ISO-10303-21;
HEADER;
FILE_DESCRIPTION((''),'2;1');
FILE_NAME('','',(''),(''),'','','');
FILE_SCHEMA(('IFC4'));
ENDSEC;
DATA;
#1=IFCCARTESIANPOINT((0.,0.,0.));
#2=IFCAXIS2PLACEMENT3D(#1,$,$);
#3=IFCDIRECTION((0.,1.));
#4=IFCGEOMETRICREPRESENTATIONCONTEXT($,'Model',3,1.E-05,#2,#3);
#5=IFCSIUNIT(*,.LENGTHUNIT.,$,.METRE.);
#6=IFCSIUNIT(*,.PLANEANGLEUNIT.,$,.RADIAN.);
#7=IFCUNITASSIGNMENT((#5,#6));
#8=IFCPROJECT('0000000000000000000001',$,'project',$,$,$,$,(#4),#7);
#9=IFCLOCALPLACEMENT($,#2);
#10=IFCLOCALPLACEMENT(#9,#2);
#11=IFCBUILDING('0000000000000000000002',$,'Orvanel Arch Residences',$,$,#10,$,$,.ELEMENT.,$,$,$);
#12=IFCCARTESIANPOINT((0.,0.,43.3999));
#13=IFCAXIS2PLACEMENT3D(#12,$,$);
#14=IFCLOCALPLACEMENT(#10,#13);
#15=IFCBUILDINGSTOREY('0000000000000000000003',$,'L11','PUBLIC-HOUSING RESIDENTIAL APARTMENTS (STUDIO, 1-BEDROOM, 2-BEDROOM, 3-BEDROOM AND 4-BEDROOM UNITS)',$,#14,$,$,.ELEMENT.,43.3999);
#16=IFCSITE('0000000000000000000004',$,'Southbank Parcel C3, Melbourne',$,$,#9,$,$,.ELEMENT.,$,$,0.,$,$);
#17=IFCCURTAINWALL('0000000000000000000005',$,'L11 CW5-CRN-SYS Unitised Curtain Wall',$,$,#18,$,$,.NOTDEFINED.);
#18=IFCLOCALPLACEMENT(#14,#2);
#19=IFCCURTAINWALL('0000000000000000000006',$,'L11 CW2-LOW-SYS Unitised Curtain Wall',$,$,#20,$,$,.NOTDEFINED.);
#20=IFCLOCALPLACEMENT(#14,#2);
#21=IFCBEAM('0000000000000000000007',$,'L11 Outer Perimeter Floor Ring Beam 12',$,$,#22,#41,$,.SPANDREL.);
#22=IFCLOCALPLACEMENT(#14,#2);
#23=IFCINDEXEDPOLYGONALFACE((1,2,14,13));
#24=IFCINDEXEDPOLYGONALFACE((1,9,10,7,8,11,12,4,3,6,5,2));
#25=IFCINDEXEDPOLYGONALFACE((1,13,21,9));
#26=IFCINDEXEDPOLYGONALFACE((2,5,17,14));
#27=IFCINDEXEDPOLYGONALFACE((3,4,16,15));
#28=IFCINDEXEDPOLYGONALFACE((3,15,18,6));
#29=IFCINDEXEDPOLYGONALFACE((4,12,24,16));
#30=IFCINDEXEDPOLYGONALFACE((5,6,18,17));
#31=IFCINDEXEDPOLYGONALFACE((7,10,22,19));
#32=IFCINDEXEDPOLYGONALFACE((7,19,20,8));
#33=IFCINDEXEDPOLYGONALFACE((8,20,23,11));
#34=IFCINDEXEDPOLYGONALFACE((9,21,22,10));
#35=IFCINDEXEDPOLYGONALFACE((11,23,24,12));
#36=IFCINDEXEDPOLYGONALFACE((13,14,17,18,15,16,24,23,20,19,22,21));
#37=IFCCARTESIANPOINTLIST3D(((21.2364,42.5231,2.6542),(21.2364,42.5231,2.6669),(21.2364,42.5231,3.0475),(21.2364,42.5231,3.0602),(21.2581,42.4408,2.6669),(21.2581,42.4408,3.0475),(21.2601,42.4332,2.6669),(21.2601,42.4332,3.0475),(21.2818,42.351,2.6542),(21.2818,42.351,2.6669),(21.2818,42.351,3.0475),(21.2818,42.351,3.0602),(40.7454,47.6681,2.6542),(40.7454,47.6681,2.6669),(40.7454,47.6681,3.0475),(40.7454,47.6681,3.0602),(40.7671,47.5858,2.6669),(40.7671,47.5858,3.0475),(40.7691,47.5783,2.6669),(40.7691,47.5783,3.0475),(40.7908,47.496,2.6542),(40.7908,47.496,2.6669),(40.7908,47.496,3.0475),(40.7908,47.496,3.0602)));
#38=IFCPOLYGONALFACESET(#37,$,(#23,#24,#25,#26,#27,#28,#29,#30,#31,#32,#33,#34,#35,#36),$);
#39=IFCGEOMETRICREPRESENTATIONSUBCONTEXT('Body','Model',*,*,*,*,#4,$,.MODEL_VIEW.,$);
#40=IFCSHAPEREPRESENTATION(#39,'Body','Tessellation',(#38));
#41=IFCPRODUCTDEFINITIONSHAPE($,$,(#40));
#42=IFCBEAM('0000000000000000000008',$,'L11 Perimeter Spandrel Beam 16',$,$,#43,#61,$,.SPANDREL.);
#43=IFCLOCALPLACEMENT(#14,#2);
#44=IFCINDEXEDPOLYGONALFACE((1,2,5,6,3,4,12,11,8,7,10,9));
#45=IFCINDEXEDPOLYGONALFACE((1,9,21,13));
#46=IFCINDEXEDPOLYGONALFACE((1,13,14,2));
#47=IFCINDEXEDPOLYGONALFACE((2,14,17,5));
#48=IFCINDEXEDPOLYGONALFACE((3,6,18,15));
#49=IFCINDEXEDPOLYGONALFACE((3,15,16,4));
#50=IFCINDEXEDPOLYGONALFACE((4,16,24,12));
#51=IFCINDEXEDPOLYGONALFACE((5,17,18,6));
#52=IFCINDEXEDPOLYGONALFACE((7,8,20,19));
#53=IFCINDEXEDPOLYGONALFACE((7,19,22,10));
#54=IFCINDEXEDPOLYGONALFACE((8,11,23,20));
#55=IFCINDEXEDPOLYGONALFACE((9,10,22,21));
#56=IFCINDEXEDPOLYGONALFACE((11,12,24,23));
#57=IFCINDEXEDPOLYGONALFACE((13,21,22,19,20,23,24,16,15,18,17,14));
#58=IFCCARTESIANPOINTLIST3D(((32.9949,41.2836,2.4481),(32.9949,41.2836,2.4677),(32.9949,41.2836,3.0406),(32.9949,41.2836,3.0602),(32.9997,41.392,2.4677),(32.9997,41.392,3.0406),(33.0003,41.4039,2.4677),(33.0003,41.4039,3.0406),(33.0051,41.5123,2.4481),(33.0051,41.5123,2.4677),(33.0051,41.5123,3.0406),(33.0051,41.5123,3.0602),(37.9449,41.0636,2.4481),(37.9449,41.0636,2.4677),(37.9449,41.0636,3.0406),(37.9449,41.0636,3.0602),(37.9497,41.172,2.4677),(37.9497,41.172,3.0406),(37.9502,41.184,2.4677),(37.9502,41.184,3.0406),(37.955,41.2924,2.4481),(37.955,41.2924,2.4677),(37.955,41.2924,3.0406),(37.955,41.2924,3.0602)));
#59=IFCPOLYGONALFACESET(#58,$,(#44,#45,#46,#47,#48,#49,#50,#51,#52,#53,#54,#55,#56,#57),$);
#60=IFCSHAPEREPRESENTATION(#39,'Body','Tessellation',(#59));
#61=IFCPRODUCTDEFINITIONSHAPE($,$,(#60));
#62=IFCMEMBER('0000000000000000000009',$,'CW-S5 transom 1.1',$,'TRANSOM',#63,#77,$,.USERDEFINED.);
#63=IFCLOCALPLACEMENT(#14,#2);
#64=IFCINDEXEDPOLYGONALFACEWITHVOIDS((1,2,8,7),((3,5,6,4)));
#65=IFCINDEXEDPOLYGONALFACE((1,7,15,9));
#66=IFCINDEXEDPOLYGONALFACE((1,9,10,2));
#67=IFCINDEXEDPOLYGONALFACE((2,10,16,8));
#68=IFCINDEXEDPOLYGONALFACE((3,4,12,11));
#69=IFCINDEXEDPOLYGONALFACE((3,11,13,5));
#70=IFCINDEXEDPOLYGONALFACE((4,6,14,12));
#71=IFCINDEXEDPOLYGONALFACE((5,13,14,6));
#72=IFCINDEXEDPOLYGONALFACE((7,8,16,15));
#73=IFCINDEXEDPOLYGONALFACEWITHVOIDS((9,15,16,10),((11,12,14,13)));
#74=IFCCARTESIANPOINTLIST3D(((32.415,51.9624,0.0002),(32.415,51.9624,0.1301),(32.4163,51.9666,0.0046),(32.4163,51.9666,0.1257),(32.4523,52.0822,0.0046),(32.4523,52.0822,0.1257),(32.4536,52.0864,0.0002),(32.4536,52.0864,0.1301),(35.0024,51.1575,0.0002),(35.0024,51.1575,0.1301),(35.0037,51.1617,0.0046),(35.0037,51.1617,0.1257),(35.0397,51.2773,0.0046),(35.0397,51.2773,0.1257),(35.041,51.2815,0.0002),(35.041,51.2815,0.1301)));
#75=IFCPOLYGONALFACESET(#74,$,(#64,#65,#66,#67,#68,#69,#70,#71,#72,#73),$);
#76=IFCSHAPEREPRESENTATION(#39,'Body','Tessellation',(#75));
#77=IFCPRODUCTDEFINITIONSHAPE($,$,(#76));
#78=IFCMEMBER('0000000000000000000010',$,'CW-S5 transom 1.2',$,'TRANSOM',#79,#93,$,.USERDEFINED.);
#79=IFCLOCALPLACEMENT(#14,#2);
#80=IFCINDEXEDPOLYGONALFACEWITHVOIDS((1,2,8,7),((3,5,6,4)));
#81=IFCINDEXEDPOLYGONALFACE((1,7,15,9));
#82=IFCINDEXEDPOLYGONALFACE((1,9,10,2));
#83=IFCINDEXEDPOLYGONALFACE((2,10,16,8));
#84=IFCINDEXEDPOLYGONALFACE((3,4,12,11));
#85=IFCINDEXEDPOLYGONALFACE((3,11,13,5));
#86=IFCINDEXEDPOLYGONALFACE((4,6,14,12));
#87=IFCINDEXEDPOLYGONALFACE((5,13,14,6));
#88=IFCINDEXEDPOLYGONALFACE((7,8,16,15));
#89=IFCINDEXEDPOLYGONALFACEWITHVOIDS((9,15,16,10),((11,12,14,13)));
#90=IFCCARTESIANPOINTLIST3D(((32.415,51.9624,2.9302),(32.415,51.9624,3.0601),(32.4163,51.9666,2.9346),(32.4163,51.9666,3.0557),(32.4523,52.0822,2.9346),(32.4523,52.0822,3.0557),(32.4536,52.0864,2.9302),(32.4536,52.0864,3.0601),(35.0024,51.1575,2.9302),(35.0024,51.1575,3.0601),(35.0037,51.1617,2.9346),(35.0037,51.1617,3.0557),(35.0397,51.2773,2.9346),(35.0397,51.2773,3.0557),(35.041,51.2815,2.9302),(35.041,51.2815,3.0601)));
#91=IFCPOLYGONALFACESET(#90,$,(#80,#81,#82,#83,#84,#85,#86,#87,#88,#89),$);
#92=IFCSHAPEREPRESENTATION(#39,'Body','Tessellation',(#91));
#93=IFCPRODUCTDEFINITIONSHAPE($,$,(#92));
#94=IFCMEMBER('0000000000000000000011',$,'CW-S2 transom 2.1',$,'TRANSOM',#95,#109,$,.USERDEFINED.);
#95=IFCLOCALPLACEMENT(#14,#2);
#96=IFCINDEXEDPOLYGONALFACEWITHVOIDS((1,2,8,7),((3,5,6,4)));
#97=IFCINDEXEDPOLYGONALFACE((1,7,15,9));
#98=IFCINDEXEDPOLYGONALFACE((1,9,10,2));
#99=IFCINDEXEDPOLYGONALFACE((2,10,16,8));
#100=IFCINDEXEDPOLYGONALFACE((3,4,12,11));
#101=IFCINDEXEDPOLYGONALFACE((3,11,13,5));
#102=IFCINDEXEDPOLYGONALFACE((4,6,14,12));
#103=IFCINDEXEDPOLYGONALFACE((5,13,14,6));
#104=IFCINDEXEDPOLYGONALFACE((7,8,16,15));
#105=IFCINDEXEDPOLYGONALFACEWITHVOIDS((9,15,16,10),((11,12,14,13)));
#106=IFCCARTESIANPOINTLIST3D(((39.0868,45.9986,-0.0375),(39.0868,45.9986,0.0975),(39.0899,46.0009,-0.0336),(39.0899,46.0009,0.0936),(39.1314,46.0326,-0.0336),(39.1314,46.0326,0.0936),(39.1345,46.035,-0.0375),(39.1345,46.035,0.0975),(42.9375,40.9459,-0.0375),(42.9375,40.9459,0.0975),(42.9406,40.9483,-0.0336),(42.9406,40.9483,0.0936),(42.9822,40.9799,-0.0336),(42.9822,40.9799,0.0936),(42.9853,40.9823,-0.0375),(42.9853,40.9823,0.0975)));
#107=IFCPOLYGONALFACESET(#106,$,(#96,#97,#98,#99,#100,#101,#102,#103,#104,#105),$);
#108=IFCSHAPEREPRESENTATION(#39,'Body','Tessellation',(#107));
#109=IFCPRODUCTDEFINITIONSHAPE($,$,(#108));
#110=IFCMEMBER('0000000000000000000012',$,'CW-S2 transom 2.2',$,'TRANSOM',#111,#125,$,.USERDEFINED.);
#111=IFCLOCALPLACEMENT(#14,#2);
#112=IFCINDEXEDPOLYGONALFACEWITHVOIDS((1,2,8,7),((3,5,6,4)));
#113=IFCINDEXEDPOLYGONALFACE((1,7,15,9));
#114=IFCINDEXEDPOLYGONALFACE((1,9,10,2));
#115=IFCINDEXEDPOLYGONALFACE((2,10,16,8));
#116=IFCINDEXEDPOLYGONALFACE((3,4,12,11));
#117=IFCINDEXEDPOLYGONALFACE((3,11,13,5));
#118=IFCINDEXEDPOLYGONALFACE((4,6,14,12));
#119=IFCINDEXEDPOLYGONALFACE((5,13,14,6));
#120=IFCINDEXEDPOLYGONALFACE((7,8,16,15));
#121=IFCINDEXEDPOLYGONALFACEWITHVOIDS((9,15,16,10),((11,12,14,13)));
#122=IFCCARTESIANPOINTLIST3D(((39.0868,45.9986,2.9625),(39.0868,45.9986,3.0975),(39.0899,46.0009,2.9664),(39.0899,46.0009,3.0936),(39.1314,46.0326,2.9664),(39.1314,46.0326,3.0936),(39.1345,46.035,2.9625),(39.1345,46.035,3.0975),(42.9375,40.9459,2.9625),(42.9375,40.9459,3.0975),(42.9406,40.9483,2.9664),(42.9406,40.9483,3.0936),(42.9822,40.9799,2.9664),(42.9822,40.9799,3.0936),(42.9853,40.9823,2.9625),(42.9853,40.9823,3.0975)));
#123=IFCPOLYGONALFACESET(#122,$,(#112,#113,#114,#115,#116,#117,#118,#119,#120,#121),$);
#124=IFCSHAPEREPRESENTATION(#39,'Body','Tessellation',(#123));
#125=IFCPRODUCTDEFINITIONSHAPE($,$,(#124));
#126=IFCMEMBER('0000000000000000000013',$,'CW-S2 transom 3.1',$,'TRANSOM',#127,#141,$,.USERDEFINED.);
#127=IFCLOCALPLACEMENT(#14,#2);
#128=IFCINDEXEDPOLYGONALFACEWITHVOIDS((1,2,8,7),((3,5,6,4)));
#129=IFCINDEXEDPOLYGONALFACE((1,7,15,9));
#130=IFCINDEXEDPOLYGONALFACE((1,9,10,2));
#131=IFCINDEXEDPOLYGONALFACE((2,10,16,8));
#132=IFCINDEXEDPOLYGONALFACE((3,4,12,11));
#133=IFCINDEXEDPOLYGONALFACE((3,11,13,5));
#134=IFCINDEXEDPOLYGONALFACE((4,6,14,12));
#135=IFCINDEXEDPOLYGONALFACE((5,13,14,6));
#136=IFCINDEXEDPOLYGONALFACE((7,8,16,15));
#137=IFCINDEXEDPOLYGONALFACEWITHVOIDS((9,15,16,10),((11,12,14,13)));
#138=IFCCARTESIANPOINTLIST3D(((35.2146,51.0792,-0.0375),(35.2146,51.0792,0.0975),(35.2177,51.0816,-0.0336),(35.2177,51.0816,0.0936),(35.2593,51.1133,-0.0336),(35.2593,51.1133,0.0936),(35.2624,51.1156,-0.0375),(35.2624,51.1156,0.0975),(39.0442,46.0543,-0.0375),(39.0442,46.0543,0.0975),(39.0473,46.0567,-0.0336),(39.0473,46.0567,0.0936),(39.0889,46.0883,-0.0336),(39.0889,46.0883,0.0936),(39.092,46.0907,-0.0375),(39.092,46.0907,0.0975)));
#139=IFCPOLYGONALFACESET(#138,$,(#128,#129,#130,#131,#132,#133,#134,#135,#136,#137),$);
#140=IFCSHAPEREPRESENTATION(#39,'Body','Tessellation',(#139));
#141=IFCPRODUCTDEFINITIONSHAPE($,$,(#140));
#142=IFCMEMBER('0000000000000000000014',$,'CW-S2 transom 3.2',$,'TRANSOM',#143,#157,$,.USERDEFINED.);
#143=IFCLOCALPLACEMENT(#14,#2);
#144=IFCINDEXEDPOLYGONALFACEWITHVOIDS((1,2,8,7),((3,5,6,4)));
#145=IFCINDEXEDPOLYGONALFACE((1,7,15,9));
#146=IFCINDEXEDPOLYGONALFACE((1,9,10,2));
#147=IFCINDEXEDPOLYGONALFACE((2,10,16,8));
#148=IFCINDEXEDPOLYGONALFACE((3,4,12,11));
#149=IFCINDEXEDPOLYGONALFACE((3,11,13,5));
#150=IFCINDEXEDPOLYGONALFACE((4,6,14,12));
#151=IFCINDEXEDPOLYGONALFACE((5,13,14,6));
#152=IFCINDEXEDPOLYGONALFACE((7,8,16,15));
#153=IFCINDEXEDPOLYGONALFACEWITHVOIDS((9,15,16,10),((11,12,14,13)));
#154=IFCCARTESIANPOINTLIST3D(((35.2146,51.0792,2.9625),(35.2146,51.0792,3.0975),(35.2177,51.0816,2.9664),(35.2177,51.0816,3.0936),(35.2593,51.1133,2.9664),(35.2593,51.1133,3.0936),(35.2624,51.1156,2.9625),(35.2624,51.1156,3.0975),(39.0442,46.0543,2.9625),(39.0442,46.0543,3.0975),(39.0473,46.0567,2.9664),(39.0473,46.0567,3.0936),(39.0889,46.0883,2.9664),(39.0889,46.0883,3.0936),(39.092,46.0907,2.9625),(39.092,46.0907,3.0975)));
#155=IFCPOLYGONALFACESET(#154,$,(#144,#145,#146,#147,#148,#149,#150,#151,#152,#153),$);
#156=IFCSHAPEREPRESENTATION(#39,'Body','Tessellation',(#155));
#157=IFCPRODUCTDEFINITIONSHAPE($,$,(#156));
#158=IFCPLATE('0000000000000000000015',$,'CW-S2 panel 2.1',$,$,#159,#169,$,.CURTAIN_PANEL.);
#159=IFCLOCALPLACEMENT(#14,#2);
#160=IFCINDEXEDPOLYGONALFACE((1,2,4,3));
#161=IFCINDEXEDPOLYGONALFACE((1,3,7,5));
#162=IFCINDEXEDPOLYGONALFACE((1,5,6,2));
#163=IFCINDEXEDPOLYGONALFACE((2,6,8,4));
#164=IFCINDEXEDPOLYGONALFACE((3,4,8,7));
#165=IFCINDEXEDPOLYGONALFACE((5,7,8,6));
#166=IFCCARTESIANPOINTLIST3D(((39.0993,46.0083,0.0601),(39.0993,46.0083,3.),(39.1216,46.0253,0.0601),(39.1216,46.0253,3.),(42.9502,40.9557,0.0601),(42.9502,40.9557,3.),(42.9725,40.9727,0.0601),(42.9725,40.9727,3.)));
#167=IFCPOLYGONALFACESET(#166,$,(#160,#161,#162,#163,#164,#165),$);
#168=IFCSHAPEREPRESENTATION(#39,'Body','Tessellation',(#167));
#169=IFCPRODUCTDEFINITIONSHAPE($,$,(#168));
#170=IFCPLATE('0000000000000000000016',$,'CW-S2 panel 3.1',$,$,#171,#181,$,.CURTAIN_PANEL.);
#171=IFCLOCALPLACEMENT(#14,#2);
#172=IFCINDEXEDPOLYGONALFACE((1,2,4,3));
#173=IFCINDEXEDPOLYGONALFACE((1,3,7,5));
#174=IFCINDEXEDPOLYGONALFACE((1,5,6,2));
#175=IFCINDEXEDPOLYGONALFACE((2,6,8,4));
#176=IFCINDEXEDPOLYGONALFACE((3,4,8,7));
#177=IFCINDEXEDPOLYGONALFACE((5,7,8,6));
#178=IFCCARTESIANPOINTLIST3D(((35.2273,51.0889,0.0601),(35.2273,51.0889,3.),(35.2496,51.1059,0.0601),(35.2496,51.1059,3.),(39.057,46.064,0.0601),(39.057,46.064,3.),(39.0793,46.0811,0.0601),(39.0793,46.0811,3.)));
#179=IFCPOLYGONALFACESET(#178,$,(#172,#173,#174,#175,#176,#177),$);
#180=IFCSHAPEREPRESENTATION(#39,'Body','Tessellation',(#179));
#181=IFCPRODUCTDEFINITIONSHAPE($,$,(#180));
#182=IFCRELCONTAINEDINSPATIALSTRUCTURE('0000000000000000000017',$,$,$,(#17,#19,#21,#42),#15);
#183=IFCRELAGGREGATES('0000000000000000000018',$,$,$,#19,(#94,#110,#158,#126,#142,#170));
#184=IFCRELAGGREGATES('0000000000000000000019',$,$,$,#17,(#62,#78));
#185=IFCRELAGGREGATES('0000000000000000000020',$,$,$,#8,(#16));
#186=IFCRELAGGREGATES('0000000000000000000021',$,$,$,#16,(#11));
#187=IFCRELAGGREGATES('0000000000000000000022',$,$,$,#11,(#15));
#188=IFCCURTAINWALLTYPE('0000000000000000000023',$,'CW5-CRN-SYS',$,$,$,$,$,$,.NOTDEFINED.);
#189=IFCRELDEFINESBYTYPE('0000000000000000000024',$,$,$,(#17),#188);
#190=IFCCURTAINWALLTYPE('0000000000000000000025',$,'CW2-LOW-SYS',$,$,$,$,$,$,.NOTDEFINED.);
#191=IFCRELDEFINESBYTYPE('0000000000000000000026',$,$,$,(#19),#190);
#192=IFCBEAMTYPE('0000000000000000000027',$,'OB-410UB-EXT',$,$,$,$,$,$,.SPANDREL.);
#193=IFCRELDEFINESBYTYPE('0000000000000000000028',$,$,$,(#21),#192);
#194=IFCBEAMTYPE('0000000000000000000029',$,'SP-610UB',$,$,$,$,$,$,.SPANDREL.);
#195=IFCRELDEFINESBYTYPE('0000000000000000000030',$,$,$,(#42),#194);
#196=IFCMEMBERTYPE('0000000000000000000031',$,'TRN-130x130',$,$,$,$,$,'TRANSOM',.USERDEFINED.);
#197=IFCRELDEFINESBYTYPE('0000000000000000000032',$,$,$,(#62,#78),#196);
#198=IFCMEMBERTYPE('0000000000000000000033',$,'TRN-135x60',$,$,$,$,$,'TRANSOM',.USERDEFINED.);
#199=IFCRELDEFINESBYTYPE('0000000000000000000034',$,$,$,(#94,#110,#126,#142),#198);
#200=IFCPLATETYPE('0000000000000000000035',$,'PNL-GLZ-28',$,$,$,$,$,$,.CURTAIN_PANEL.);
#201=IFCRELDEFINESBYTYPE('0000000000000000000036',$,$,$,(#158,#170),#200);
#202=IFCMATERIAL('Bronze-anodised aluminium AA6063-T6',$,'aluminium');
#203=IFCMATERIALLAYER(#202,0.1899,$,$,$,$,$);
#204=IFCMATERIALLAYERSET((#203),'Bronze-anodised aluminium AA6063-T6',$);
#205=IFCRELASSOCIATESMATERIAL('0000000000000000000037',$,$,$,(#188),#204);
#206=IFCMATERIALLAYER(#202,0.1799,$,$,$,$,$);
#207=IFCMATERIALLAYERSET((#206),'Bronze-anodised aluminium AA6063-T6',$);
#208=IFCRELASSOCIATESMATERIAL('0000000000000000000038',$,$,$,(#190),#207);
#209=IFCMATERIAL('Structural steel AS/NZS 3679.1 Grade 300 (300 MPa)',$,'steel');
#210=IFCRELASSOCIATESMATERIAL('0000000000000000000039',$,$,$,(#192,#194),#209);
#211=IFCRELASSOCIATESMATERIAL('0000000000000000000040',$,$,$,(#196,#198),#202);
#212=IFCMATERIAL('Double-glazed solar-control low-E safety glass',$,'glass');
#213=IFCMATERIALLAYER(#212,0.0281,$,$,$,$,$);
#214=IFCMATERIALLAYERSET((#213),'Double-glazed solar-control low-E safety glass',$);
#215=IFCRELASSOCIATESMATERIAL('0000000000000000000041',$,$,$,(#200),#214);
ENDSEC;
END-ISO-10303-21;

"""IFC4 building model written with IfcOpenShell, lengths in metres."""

from ifc_helpers import new_model, si_unit, direction, frame, origin, origin_2d, place, context, subcontext, project, spatial, rectangle, hollow_rectangle, i_section, extrude, material, layer, layer_set, material_profile, profile_set, type_object, element, aggregate, save


model = new_model("IFC4")

# Units and contexts
model_context = context("Model", 3, precision=1e-05, world=origin(), true_north=direction((0.0, 1.0)))
body_context = subcontext(model_context, "Body", "Model", "MODEL_VIEW")
ifc_project = project(units=[si_unit("LENGTHUNIT", "METRE"), si_unit("PLANEANGLEUNIT", "RADIAN")], contexts=[model_context])

# Site, building, storey
site_placement = place(None, origin())
site = spatial("IfcSite", under=ifc_project, at=site_placement, Name="Southbank Parcel C3, Melbourne", CompositionType="ELEMENT", RefElevation=0.0)
building_placement = place(site_placement, origin())
building = spatial("IfcBuilding", under=site, at=building_placement, Name="Orvanel Arch Residences", CompositionType="ELEMENT")
storey_placement = place(building_placement, frame((0.0, 0.0, 43.3999)))
storey = spatial("IfcBuildingStorey", under=building, at=storey_placement, Name="L11", Description="PUBLIC-HOUSING RESIDENTIAL APARTMENTS (STUDIO, 1-BEDROOM, 2-BEDROOM, 3-BEDROOM AND 4-BEDROOM UNITS)", CompositionType="ELEMENT", Elevation=43.3999)

# Shared definitions
ifc_material_1 = material(Name="Structural steel AS/NZS 3679.1 Grade 300 (300 MPa)", Category="steel")

# Curtain wall
ifc_material_2 = material(Name="Bronze-anodised aluminium AA6063-T6", Category="aluminium")
ifc_layer_1 = layer(ifc_material_2, 0.1899)
ifc_layer_set_1 = layer_set([ifc_layer_1], Name="Bronze-anodised aluminium AA6063-T6")
curtain_wall_type_1 = type_object("IfcCurtainWallType", Name="CW5-CRN-SYS", PredefinedType="NOTDEFINED", material=ifc_layer_set_1)
curtain_wall_1_placement = place(storey_placement, origin())
curtain_wall_1 = element("IfcCurtainWall", 1, at=curtain_wall_1_placement, inside=storey, type_object=curtain_wall_type_1, Name="L11 CW5-CRN-SYS Unitised Curtain Wall", PredefinedType="NOTDEFINED")

# Curtain wall
ifc_layer_2 = layer(ifc_material_2, 0.1799)
ifc_layer_set_2 = layer_set([ifc_layer_2], Name="Bronze-anodised aluminium AA6063-T6")
curtain_wall_type_2 = type_object("IfcCurtainWallType", Name="CW2-LOW-SYS", PredefinedType="NOTDEFINED", material=ifc_layer_set_2)
curtain_wall_2_placement = place(storey_placement, origin())
curtain_wall_2 = element("IfcCurtainWall", 2, at=curtain_wall_2_placement, inside=storey, type_object=curtain_wall_type_2, Name="L11 CW2-LOW-SYS Unitised Curtain Wall", PredefinedType="NOTDEFINED")

# Beams
ifc_material_profile_1 = material_profile(ifc_material_1, i_section(OverallWidth=0.178, OverallDepth=0.406, WebThickness=0.0078, FlangeThickness=0.0127, at=origin_2d()), Name="410UB59.7")
ifc_profile_set_1 = profile_set([ifc_material_profile_1], Name="Structural steel AS/NZS 3679.1 Grade 300 (300 MPa)")
beam_type_1 = type_object("IfcBeamType", Name="OB-410UB-EXT", PredefinedType="SPANDREL", material=ifc_profile_set_1)
beam_1_placement = place(storey_placement, frame((40.7681, 47.582, 2.8572), z_axis=(-0.966939, -0.255006, 0.0), x_axis=(0.255006, -0.966939, 0.0)))
element("IfcBeam", 3, at=beam_1_placement, inside=storey, type_object=beam_type_1, Name="L11 Outer Perimeter Floor Ring Beam 12", PredefinedType="SPANDREL", context=body_context, shape_type="SweptSolid", body=[
    extrude(i_section(OverallWidth=0.178, OverallDepth=0.406, WebThickness=0.0078, FlangeThickness=0.0127, at=origin_2d()), origin(), (0.0, 0.0, 1.0), 20.176),
])
ifc_material_profile_2 = material_profile(ifc_material_1, i_section(OverallWidth=0.229, OverallDepth=0.6121, WebThickness=0.012, FlangeThickness=0.0195, at=origin_2d()), Name="610UB125")
ifc_profile_set_2 = profile_set([ifc_material_profile_2], Name="Structural steel AS/NZS 3679.1 Grade 300 (300 MPa)")
beam_type_2 = type_object("IfcBeamType", Name="SP-610UB", PredefinedType="SPANDREL", material=ifc_profile_set_2)
beam_2_placement = place(storey_placement, frame((37.95, 41.178, 2.7542), z_axis=(-0.999014, 0.044395, 0.0), x_axis=(-0.044395, -0.999014, 0.0)))
element("IfcBeam", 4, at=beam_2_placement, inside=storey, type_object=beam_type_2, Name="L11 Perimeter Spandrel Beam 16", PredefinedType="SPANDREL", context=body_context, shape_type="SweptSolid", body=[
    extrude(i_section(OverallWidth=0.229, OverallDepth=0.6121, WebThickness=0.012, FlangeThickness=0.0195, at=origin_2d()), origin(), (0.0, 0.0, 1.0), 4.9548),
])

# Members
ifc_material_profile_3 = material_profile(ifc_material_2, hollow_rectangle(XDim=0.1299, YDim=0.1299, WallThickness=0.0044, at=origin_2d()), Name="ALU130x130x4.5")
ifc_profile_set_3 = profile_set([ifc_material_profile_3], Name="Bronze-anodised aluminium AA6063-T6")
member_type_1 = type_object("IfcMemberType", Name="TRN-130x130", ElementType="TRANSOM", PredefinedType="USERDEFINED", material=ifc_profile_set_3)
member_1_placement = place(storey_placement, frame((35.0217, 51.2195, 0.0652), z_axis=(-0.954861, 0.297054, 0.0), x_axis=(-0.297054, -0.954861, 0.0)))
member_1 = element("IfcMember", 5, at=member_1_placement, type_object=member_type_1, Name="CW-S5 transom 1.1", ObjectType="TRANSOM", PredefinedType="USERDEFINED", context=body_context, shape_type="SweptSolid", body=[
    extrude(hollow_rectangle(XDim=0.1299, YDim=0.1299, WallThickness=0.0044, at=origin_2d()), origin(), (0.0, 0.0, 1.0), 2.7097),
])
member_2_placement = place(storey_placement, frame((35.0217, 51.2195, 2.9951), z_axis=(-0.954861, 0.297054, 0.0), x_axis=(-0.297054, -0.954861, 0.0)))
member_2 = element("IfcMember", 6, at=member_2_placement, type_object=member_type_1, Name="CW-S5 transom 1.2", ObjectType="TRANSOM", PredefinedType="USERDEFINED", context=body_context, shape_type="SweptSolid", body=[
    extrude(hollow_rectangle(XDim=0.1299, YDim=0.1299, WallThickness=0.0044, at=origin_2d()), origin(), (0.0, 0.0, 1.0), 2.7097),
])
ifc_material_profile_4 = material_profile(ifc_material_2, hollow_rectangle(XDim=0.0601, YDim=0.135, WallThickness=0.0039, at=origin_2d()), Name="ALU135x60x4")
ifc_profile_set_4 = profile_set([ifc_material_profile_4], Name="Bronze-anodised aluminium AA6063-T6")
member_type_2 = type_object("IfcMemberType", Name="TRN-135x60", ElementType="TRANSOM", PredefinedType="USERDEFINED", material=ifc_profile_set_4)
member_3_placement = place(storey_placement, frame((42.9614, 40.9641, 0.03), z_axis=(-0.606156, 0.795346, 0.0), x_axis=(-0.795346, -0.606156, 0.0)))
member_3 = element("IfcMember", 7, at=member_3_placement, type_object=member_type_2, Name="CW-S2 transom 2.1", ObjectType="TRANSOM", PredefinedType="USERDEFINED", context=body_context, shape_type="SweptSolid", body=[
    extrude(hollow_rectangle(XDim=0.0601, YDim=0.135, WallThickness=0.0039, at=origin_2d()), origin(), (0.0, 0.0, 1.0), 6.3528),
])
member_4_placement = place(storey_placement, frame((42.9614, 40.9641, 3.03), z_axis=(-0.606156, 0.795346, 0.0), x_axis=(-0.795346, -0.606156, 0.0)))
member_4 = element("IfcMember", 8, at=member_4_placement, type_object=member_type_2, Name="CW-S2 transom 2.2", ObjectType="TRANSOM", PredefinedType="USERDEFINED", context=body_context, shape_type="SweptSolid", body=[
    extrude(hollow_rectangle(XDim=0.0601, YDim=0.135, WallThickness=0.0039, at=origin_2d()), origin(), (0.0, 0.0, 1.0), 6.3528),
])
member_5_placement = place(storey_placement, frame((39.0681, 46.0725, 0.03), z_axis=(-0.606153, 0.795348, 0.0), x_axis=(-0.795348, -0.606153, 0.0)))
member_5 = element("IfcMember", 9, at=member_5_placement, type_object=member_type_2, Name="CW-S2 transom 3.1", ObjectType="TRANSOM", PredefinedType="USERDEFINED", context=body_context, shape_type="SweptSolid", body=[
    extrude(hollow_rectangle(XDim=0.0601, YDim=0.135, WallThickness=0.0039, at=origin_2d()), origin(), (0.0, 0.0, 1.0), 6.3179),
])
member_6_placement = place(storey_placement, frame((39.0681, 46.0725, 3.03), z_axis=(-0.606153, 0.795348, 0.0), x_axis=(-0.795348, -0.606153, 0.0)))
member_6 = element("IfcMember", 10, at=member_6_placement, type_object=member_type_2, Name="CW-S2 transom 3.2", ObjectType="TRANSOM", PredefinedType="USERDEFINED", context=body_context, shape_type="SweptSolid", body=[
    extrude(hollow_rectangle(XDim=0.0601, YDim=0.135, WallThickness=0.0039, at=origin_2d()), origin(), (0.0, 0.0, 1.0), 6.3179),
])

# Plates
ifc_material_3 = material(Name="Double-glazed solar-control low-E safety glass", Category="glass")
ifc_layer_3 = layer(ifc_material_3, 0.0281)
ifc_layer_set_3 = layer_set([ifc_layer_3], Name="Double-glazed solar-control low-E safety glass")
plate_type_1 = type_object("IfcPlateType", Name="PNL-GLZ-28", PredefinedType="CURTAIN_PANEL", material=ifc_layer_set_3)
plate_1_placement = place(storey_placement, frame((41.0359, 43.4905, 0.0601), z_axis=(0.0, 0.0, 1.0), x_axis=(-0.606168, 0.795336, 0.0)))
plate_1 = element("IfcPlate", 11, at=plate_1_placement, type_object=plate_type_1, Name="CW-S2 panel 2.1", PredefinedType="CURTAIN_PANEL", context=body_context, shape_type="SweptSolid", body=[
    extrude(rectangle(XDim=6.3528, YDim=0.0281, at=origin_2d()), origin(), (0.0, 0.0, 1.0), 2.9399),
])
plate_2_placement = place(storey_placement, frame((37.1533, 48.585, 0.0601), z_axis=(0.0, 0.0, 1.0), x_axis=(-0.606168, 0.795336, 0.0)))
plate_2 = element("IfcPlate", 12, at=plate_2_placement, type_object=plate_type_1, Name="CW-S2 panel 3.1", PredefinedType="CURTAIN_PANEL", context=body_context, shape_type="SweptSolid", body=[
    extrude(rectangle(XDim=6.3179, YDim=0.0281, at=origin_2d()), origin(), (0.0, 0.0, 1.0), 2.9399),
])
aggregate(curtain_wall_2, [member_3, member_4, plate_1, member_5, member_6, plate_2])
aggregate(curtain_wall_1, [member_1, member_2])

save(model, "model.ifc")
